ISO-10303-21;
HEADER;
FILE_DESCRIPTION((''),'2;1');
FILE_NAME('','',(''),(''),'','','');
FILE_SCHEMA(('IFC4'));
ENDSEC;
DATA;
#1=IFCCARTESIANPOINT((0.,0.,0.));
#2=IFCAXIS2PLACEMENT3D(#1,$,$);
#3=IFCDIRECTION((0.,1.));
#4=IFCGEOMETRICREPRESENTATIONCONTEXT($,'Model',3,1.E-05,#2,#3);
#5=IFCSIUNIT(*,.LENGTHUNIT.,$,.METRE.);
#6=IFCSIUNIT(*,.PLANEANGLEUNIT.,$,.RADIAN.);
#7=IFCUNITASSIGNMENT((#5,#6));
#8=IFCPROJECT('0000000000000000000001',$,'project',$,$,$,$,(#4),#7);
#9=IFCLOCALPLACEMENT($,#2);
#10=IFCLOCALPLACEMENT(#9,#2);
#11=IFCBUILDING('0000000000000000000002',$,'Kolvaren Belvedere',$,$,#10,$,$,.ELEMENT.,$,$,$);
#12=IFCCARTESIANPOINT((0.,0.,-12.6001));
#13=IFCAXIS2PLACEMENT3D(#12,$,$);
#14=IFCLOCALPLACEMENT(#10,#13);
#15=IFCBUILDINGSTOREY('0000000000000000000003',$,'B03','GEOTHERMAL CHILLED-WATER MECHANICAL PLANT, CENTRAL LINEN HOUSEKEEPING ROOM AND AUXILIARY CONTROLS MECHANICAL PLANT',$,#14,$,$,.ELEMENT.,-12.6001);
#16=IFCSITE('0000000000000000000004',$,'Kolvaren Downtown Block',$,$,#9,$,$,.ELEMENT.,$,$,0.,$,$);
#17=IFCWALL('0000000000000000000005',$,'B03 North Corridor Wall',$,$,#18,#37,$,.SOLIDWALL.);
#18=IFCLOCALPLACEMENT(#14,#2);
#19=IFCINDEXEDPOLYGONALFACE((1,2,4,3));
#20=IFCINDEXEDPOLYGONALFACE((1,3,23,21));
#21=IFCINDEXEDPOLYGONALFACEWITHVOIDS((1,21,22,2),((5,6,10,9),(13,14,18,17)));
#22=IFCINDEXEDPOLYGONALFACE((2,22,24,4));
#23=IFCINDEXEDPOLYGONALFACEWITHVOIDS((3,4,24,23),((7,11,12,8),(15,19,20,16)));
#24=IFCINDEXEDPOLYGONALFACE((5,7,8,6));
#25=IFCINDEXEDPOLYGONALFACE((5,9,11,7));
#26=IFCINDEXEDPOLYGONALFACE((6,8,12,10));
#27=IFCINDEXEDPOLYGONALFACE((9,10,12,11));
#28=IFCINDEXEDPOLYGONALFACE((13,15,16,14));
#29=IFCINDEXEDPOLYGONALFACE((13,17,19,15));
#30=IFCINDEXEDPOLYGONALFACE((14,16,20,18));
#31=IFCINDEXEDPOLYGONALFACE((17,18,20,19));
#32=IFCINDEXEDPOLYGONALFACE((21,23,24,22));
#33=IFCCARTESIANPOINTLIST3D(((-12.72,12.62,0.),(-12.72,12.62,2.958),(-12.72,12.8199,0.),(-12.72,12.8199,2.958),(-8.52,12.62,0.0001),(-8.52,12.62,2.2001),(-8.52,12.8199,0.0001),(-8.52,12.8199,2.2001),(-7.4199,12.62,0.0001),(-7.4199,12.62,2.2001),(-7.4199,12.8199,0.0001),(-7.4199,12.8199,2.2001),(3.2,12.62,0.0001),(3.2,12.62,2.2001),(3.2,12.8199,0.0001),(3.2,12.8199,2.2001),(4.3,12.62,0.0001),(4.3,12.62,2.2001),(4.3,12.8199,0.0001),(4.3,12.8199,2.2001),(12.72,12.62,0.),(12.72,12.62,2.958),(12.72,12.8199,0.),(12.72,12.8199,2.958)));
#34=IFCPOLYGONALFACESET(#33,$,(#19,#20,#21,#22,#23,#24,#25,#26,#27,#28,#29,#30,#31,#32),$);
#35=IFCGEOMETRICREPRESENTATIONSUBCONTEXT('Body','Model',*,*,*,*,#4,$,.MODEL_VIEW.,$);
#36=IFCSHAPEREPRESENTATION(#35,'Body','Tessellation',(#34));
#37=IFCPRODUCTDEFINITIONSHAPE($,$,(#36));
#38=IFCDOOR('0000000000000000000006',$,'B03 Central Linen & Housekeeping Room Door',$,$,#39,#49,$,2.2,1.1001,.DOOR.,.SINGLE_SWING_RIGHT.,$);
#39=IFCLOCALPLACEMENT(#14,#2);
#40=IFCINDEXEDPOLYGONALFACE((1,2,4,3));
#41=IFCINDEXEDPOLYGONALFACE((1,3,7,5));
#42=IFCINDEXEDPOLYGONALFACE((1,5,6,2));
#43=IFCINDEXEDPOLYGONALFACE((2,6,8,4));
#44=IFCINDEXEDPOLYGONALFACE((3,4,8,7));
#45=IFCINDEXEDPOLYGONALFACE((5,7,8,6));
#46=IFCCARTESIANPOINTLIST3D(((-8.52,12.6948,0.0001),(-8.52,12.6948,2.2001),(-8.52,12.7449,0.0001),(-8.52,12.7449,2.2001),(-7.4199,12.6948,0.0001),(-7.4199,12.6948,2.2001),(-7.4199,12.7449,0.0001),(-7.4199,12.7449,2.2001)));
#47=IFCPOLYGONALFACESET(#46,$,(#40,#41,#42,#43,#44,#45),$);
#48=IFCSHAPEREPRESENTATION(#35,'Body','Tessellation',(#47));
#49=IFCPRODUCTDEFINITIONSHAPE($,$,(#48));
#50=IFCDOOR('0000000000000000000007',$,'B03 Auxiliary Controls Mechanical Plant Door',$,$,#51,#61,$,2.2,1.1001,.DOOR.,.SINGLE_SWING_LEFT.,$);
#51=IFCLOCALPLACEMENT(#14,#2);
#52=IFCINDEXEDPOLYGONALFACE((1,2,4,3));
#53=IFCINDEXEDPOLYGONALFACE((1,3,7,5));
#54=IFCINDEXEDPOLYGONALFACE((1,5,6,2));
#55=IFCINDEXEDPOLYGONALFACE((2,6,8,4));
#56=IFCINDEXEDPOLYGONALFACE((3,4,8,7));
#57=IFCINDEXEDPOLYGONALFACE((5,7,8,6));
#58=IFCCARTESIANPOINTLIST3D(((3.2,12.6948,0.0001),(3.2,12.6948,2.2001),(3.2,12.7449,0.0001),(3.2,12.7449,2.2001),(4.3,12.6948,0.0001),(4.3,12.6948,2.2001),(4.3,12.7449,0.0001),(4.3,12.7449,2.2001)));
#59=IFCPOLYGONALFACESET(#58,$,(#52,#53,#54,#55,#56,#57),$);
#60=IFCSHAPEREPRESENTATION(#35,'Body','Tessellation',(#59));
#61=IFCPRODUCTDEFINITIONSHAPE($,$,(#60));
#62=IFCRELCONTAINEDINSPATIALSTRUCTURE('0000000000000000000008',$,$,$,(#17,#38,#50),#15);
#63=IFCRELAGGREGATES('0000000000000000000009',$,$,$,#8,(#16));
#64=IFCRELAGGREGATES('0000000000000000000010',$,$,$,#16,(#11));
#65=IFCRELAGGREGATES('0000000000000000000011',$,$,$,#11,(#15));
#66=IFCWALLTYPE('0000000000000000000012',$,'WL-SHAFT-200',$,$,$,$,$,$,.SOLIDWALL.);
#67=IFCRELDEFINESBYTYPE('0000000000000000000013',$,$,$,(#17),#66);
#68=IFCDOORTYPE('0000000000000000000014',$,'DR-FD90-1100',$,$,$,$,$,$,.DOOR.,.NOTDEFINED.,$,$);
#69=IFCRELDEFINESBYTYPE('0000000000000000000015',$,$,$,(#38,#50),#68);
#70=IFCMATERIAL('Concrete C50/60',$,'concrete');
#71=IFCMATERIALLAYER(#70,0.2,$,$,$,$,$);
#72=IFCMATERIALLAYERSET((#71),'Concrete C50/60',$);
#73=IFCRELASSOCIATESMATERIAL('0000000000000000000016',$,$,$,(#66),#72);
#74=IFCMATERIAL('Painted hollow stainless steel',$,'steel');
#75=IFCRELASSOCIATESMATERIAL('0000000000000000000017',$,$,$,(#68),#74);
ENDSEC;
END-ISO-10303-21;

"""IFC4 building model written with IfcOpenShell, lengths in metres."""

from ifc_helpers import new_model, si_unit, direction, frame, frame_2d, origin, place, context, subcontext, project, spatial, rectangle, extrude, material, layer, layer_set, type_object, element, fill, save


model = new_model("IFC4")

# Units and contexts
model_context = context("Model", 3, precision=1e-05, world=origin(), true_north=direction((0.0, 1.0)))
body_context = subcontext(model_context, "Body", "Model", "MODEL_VIEW")
ifc_project = project(units=[si_unit("LENGTHUNIT", "METRE"), si_unit("PLANEANGLEUNIT", "RADIAN")], contexts=[model_context])

# Site, building, storey
site_placement = place(None, origin())
site = spatial("IfcSite", under=ifc_project, at=site_placement, Name="Kolvaren Downtown Block", CompositionType="ELEMENT", RefElevation=0.0)
building_placement = place(site_placement, origin())
building = spatial("IfcBuilding", under=site, at=building_placement, Name="Kolvaren Belvedere", CompositionType="ELEMENT")
storey_placement = place(building_placement, frame((0.0, 0.0, -12.6001)))
storey = spatial("IfcBuildingStorey", under=building, at=storey_placement, Name="B03", Description="GEOTHERMAL CHILLED-WATER MECHANICAL PLANT, CENTRAL LINEN HOUSEKEEPING ROOM AND AUXILIARY CONTROLS MECHANICAL PLANT", CompositionType="ELEMENT", Elevation=-12.6001)

# Wall, openings, doors
ifc_material_1 = material(Name="Concrete C50/60", Category="concrete")
ifc_layer_1 = layer(ifc_material_1, 0.2)
ifc_layer_set_1 = layer_set([ifc_layer_1], Name="Concrete C50/60")
wall_type_1 = type_object("IfcWallType", Name="WL-SHAFT-200", PredefinedType="SOLIDWALL", material=ifc_layer_set_1)
wall_1_placement = place(storey_placement, frame((-12.72, 12.72, 0.0), z_axis=(0.0, 0.0, 1.0), x_axis=(1.0, 0.0, 0.0)))
wall_1 = element("IfcWall", 1, at=wall_1_placement, inside=storey, type_object=wall_type_1, Name="B03 North Corridor Wall", PredefinedType="SOLIDWALL", context=body_context, shape_type="SweptSolid", body=[
    extrude(rectangle(XDim=25.4399, YDim=0.2, at=frame_2d((12.72, 0.0))), origin(), (0.0, 0.0, 1.0), 2.958),
])
opening_1_placement = place(wall_1_placement, frame((4.2, 0.0, 0.0)))
opening_1 = element("IfcOpeningElement", 2, at=opening_1_placement, cuts=wall_1, PredefinedType="OPENING", context=body_context, shape_type="SweptSolid", body=[
    extrude(rectangle(XDim=1.1001, YDim=2.2, at=frame_2d((0.55, 1.1001))), frame((0.0, 0.1099, 0.0), z_axis=(0.0, -1.0, 0.0), x_axis=(1.0, 0.0, 0.0)), (0.0, 0.0, 1.0), 0.22),
])
opening_2_placement = place(wall_1_placement, frame((15.9199, 0.0, 0.0)))
opening_2 = element("IfcOpeningElement", 3, at=opening_2_placement, cuts=wall_1, PredefinedType="OPENING", context=body_context, shape_type="SweptSolid", body=[
    extrude(rectangle(XDim=1.1001, YDim=2.2, at=frame_2d((0.55, 1.1001))), frame((0.0, 0.1099, 0.0), z_axis=(0.0, -1.0, 0.0), x_axis=(1.0, 0.0, 0.0)), (0.0, 0.0, 1.0), 0.22),
])
ifc_material_2 = material(Name="Painted hollow stainless steel", Category="steel")
door_type = type_object("IfcDoorType", Name="DR-FD90-1100", OperationType="NOTDEFINED", PredefinedType="DOOR", material=ifc_material_2)
door_1_placement = place(opening_1_placement, origin())
door_1 = element("IfcDoor", 4, at=door_1_placement, inside=storey, type_object=door_type, Name="B03 Central Linen & Housekeeping Room Door", OperationType="SINGLE_SWING_RIGHT", OverallHeight=2.2, OverallWidth=1.1001, PredefinedType="DOOR", context=body_context, shape_type="SweptSolid", body=[
    extrude(rectangle(XDim=1.1001, YDim=2.2, at=frame_2d((0.55, 1.1001))), frame((0.0, 0.0249, 0.0), z_axis=(0.0, -1.0, 0.0), x_axis=(1.0, 0.0, 0.0)), (0.0, 0.0, 1.0), 0.05),
])
fill(opening_1, door_1)
door_2_placement = place(opening_2_placement, origin())
door_2 = element("IfcDoor", 5, at=door_2_placement, inside=storey, type_object=door_type, Name="B03 Auxiliary Controls Mechanical Plant Door", OperationType="SINGLE_SWING_LEFT", OverallHeight=2.2, OverallWidth=1.1001, PredefinedType="DOOR", context=body_context, shape_type="SweptSolid", body=[
    extrude(rectangle(XDim=1.1001, YDim=2.2, at=frame_2d((0.55, 1.1001))), frame((0.0, 0.0249, 0.0), z_axis=(0.0, -1.0, 0.0), x_axis=(1.0, 0.0, 0.0)), (0.0, 0.0, 1.0), 0.05),
])
fill(opening_2, door_2)

save(model, "model.ifc")
